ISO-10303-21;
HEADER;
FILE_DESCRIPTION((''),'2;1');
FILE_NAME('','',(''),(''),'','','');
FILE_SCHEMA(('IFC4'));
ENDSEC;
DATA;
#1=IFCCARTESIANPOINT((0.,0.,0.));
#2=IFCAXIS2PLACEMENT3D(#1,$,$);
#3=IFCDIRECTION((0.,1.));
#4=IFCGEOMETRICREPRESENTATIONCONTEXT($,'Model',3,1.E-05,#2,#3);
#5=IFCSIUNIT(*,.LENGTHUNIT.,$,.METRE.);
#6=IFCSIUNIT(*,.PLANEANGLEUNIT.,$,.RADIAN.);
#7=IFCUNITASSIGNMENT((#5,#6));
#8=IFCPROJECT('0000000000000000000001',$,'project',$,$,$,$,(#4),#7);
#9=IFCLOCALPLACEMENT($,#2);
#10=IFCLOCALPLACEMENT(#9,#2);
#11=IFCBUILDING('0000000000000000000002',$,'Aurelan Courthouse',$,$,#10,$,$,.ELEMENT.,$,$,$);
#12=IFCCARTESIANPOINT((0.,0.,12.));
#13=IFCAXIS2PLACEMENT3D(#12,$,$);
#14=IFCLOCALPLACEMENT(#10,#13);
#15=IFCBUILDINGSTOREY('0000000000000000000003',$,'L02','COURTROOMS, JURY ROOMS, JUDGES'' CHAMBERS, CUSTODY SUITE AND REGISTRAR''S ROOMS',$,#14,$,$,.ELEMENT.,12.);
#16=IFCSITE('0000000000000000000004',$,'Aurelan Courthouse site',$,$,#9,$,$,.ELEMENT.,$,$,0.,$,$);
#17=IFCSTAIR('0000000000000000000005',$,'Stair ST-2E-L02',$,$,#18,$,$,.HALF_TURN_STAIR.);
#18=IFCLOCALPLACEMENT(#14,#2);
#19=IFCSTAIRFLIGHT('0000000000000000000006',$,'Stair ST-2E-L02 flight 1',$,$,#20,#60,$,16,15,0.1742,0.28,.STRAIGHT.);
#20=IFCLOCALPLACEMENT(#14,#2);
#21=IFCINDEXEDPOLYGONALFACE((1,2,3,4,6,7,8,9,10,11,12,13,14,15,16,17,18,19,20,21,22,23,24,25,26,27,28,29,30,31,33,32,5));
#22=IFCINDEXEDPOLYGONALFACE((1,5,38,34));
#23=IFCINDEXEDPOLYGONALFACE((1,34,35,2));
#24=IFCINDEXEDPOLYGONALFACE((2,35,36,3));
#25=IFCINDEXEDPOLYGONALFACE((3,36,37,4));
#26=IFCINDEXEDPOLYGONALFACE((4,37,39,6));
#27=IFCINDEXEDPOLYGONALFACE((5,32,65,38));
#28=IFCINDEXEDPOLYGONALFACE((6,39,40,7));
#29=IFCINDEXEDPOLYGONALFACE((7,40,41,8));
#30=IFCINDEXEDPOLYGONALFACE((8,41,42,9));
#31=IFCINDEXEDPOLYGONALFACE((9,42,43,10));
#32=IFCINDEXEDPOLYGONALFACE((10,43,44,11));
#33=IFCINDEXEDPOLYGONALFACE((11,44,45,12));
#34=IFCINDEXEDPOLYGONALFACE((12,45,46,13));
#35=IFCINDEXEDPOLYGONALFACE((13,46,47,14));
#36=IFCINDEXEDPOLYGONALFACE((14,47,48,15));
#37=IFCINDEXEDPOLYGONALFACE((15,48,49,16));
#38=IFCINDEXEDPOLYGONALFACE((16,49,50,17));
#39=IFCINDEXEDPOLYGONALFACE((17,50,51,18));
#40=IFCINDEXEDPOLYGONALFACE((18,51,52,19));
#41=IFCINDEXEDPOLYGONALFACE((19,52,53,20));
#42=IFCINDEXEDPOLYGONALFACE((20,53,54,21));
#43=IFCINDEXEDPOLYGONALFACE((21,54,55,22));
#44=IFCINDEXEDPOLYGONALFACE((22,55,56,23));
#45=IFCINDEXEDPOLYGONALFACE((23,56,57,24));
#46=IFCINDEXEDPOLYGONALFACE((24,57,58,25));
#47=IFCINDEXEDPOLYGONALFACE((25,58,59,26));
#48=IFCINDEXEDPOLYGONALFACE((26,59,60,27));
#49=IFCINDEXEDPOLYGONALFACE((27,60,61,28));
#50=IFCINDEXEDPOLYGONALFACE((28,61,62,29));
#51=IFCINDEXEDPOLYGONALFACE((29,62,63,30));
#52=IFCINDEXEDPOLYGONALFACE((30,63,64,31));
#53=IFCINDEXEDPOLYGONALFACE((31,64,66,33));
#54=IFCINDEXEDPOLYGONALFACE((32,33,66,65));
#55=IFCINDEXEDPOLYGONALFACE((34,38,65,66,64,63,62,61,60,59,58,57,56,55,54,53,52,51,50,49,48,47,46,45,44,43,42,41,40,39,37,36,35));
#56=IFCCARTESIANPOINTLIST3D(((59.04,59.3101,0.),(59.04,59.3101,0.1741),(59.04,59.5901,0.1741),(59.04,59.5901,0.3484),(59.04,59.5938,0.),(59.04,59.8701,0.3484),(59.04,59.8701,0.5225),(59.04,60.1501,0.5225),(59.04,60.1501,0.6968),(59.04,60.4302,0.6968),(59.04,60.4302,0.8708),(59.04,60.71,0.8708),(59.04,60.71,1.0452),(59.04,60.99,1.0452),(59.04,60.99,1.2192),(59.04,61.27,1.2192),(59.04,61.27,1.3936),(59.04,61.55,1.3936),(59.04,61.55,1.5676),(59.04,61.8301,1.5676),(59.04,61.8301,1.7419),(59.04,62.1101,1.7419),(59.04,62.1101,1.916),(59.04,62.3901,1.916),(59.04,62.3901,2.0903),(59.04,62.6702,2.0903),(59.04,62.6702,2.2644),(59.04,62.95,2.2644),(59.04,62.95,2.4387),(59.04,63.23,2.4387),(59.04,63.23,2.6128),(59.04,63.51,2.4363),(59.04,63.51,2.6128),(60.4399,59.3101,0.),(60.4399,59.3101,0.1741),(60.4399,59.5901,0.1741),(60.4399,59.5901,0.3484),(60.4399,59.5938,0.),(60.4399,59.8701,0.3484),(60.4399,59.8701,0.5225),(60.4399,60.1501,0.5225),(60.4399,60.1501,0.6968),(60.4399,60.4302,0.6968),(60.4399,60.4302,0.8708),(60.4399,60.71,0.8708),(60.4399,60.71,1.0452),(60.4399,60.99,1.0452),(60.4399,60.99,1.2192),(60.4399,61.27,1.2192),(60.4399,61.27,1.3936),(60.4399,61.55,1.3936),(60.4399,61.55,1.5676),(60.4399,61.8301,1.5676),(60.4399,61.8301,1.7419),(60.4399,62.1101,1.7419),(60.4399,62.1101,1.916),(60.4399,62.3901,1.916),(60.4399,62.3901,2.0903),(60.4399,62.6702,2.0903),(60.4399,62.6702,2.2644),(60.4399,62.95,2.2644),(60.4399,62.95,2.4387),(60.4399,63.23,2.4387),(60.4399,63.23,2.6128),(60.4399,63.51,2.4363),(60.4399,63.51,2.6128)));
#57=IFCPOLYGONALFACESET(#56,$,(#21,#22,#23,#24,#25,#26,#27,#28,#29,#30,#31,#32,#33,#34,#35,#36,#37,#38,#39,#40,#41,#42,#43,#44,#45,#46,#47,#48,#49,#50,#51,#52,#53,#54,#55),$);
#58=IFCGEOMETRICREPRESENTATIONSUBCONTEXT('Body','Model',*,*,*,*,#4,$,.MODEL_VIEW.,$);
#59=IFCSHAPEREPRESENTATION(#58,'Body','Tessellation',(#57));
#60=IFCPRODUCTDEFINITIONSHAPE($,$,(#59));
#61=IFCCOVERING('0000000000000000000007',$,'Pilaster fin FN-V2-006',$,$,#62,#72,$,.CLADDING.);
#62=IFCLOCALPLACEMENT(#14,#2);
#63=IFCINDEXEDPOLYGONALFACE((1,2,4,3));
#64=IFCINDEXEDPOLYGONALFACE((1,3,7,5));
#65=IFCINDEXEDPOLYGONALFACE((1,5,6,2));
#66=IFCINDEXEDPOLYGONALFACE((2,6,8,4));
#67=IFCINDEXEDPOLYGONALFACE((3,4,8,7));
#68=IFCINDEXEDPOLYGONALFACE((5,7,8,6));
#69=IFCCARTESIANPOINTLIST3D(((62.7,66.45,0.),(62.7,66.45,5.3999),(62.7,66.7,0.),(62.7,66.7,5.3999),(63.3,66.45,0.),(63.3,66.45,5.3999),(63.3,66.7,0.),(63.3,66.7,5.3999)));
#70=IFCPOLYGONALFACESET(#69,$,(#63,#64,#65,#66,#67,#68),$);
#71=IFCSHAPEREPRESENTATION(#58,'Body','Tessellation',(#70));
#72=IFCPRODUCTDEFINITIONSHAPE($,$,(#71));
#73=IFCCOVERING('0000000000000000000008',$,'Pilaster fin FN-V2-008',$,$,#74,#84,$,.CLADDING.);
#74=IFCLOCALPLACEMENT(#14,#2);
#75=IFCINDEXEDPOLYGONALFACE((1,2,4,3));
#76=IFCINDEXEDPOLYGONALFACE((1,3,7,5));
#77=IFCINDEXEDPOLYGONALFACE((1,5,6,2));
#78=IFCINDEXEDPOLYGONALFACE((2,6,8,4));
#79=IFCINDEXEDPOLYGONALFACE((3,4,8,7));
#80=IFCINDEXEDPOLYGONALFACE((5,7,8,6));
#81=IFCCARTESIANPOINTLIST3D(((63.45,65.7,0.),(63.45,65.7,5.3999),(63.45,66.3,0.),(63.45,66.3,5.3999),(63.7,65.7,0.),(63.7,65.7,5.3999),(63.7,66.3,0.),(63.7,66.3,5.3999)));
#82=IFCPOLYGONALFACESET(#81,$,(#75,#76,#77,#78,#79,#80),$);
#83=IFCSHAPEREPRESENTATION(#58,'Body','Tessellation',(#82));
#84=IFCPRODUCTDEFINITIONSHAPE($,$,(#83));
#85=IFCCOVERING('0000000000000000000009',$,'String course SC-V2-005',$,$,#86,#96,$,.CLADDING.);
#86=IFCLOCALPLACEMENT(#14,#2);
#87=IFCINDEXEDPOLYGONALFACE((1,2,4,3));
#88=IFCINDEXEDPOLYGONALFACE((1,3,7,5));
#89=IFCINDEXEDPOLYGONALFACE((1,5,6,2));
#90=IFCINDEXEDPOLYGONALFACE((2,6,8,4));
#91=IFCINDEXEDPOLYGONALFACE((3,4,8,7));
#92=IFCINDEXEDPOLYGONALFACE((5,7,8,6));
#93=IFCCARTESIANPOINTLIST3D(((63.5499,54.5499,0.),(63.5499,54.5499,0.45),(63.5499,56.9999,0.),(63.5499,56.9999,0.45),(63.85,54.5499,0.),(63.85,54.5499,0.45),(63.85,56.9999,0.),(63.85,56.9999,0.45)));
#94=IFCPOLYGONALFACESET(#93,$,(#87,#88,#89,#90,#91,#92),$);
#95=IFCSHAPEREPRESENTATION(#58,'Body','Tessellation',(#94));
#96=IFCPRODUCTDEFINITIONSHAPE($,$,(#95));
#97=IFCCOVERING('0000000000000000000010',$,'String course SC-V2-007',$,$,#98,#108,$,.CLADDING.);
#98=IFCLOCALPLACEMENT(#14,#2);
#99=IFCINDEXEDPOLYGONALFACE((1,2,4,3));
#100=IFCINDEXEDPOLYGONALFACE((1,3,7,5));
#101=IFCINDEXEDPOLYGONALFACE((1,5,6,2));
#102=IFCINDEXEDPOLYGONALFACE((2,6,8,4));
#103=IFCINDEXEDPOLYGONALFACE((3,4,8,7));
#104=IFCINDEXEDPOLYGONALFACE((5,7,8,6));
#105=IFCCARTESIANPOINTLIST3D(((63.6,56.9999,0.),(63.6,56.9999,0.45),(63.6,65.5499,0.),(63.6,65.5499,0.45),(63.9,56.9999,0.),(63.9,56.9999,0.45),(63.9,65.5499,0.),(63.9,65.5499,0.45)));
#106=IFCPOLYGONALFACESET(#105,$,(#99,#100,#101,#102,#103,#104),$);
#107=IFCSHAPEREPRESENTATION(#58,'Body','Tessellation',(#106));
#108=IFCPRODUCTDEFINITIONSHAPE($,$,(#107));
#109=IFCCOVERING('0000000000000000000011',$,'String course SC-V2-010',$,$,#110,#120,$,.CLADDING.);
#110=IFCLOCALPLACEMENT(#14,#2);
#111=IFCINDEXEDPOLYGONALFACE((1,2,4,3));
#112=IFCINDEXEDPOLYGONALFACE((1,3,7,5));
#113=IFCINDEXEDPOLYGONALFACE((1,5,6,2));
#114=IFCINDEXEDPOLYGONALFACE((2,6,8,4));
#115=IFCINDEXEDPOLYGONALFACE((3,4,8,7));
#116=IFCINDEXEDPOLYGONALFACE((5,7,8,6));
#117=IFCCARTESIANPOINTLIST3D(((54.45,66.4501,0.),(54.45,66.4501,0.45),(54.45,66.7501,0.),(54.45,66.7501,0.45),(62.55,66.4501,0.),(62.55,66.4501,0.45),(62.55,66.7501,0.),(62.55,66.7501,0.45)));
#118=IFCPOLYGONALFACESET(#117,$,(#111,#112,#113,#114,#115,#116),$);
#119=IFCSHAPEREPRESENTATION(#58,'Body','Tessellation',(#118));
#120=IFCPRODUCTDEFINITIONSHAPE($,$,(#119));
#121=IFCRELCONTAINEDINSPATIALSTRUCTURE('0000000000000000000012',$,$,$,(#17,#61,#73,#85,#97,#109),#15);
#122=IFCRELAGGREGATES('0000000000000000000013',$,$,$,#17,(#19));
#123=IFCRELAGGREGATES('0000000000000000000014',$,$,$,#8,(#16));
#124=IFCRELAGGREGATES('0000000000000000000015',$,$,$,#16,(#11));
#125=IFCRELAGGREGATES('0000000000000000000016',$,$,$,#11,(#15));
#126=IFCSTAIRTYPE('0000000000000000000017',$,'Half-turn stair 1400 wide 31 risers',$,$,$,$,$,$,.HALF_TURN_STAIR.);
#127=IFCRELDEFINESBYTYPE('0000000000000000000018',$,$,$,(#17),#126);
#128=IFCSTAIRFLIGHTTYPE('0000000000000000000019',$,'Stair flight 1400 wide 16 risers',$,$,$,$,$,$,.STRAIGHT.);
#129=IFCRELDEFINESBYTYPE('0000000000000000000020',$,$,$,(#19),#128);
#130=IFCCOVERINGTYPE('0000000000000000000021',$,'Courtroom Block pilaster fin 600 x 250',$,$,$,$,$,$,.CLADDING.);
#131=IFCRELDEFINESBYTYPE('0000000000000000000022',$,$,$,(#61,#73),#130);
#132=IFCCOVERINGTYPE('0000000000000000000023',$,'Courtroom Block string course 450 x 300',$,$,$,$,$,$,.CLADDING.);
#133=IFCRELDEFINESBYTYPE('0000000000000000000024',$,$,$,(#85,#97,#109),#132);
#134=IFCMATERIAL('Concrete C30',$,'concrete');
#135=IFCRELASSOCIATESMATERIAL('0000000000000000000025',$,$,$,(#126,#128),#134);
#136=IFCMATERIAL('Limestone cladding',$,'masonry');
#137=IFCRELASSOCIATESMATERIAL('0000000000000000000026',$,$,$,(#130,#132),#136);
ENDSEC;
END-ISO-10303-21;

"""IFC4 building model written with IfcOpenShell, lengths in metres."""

from ifc_helpers import new_model, si_unit, direction, frame, origin, origin_2d, place, context, subcontext, project, spatial, polyline, rectangle, outline, extrude, material, type_object, element, aggregate, save


model = new_model("IFC4")

# Units and contexts
model_context = context("Model", 3, precision=1e-05, world=origin(), true_north=direction((0.0, 1.0)))
body_context = subcontext(model_context, "Body", "Model", "MODEL_VIEW")
ifc_project = project(units=[si_unit("LENGTHUNIT", "METRE"), si_unit("PLANEANGLEUNIT", "RADIAN")], contexts=[model_context])

# Site, building, storey
site_placement = place(None, origin())
site = spatial("IfcSite", under=ifc_project, at=site_placement, Name="Aurelan Courthouse site", CompositionType="ELEMENT", RefElevation=0.0)
building_placement = place(site_placement, origin())
building = spatial("IfcBuilding", under=site, at=building_placement, Name="Aurelan Courthouse", CompositionType="ELEMENT")
storey_placement = place(building_placement, frame((0.0, 0.0, 12.0)))
storey = spatial("IfcBuildingStorey", under=building, at=storey_placement, Name="L02", Description="COURTROOMS, JURY ROOMS, JUDGES' CHAMBERS, CUSTODY SUITE AND REGISTRAR'S ROOMS", CompositionType="ELEMENT", Elevation=12.0)

# Shared definitions
ifc_material_1 = material(Name="Limestone cladding", Category="masonry")
ifc_material_2 = material(Name="Concrete C30", Category="concrete")

# Stair, stair flight
stair_type = type_object("IfcStairType", Name="Half-turn stair 1400 wide 31 risers", PredefinedType="HALF_TURN_STAIR", material=ifc_material_2)
stair_placement = place(storey_placement, origin())
stair = element("IfcStair", 1, at=stair_placement, inside=storey, type_object=stair_type, Name="Stair ST-2E-L02", PredefinedType="HALF_TURN_STAIR")
stair_flight_type = type_object("IfcStairFlightType", Name="Stair flight 1400 wide 16 risers", PredefinedType="STRAIGHT", material=ifc_material_2)
stair_flight_placement = place(storey_placement, frame((59.74, 59.3101, 0.0), z_axis=(0.0, 0.0, 1.0), x_axis=(0.0, 1.0, 0.0)))
stair_flight = element("IfcStairFlight", 2, at=stair_flight_placement, type_object=stair_flight_type, Name="Stair ST-2E-L02 flight 1", NumberOfRisers=16, NumberOfTreads=15, PredefinedType="STRAIGHT", RiserHeight=0.1742, TreadLength=0.28, context=body_context, shape_type="SweptSolid", body=[
    extrude(outline(polyline([(0.0, 0.0), (0.0, 0.1741), (0.28, 0.1741), (0.28, 0.3484), (0.5601, 0.3484), (0.5601, 0.5225), (0.8401, 0.5225), (0.8401, 0.6968), (1.1201, 0.6968), (1.1201, 0.8708), (1.3999, 0.8708), (1.3999, 1.0452), (1.6799, 1.0452), (1.6799, 1.2192), (1.96, 1.2192), (1.96, 1.3936), (2.24, 1.3936), (2.24, 1.5676), (2.52, 1.5676), (2.52, 1.7419), (2.8, 1.7419), (2.8, 1.916), (3.0801, 1.916), (3.0801, 2.0903), (3.3601, 2.0903), (3.3601, 2.2644), (3.6399, 2.2644), (3.6399, 2.4387), (3.9199, 2.4387), (3.9199, 2.6128), (4.2, 2.6128), (4.2, 2.7871), (4.2, 2.4363), (0.2837, 0.0), (0.0, 0.0)])), frame((0.0, 0.7, 0.0), z_axis=(0.0, -1.0, 0.0), x_axis=(1.0, 0.0, 0.0)), (0.0, 0.0, 1.0), 1.3999),
])
aggregate(stair, [stair_flight])

# Coverings
covering_type_1 = type_object("IfcCoveringType", Name="Courtroom Block pilaster fin 600 x 250", PredefinedType="CLADDING", material=ifc_material_1)
covering_1_placement = place(storey_placement, frame((63.0, 66.575, 0.0), z_axis=(0.0, 0.0, 1.0), x_axis=(1.0, 0.0, 0.0)))
element("IfcCovering", 3, at=covering_1_placement, inside=storey, type_object=covering_type_1, Name="Pilaster fin FN-V2-006", PredefinedType="CLADDING", context=body_context, shape_type="SweptSolid", body=[
    extrude(rectangle(XDim=0.6001, YDim=0.25, at=origin_2d()), origin(), (0.0, 0.0, 1.0), 5.3999),
])
covering_2_placement = place(storey_placement, frame((63.575, 66.0, 0.0), z_axis=(0.0, 0.0, 1.0), x_axis=(1.0, 0.0, 0.0)))
element("IfcCovering", 4, at=covering_2_placement, inside=storey, type_object=covering_type_1, Name="Pilaster fin FN-V2-008", PredefinedType="CLADDING", context=body_context, shape_type="SweptSolid", body=[
    extrude(rectangle(XDim=0.25, YDim=0.6001, at=origin_2d()), origin(), (0.0, 0.0, 1.0), 5.3999),
])
covering_type_2 = type_object("IfcCoveringType", Name="Courtroom Block string course 450 x 300", PredefinedType="CLADDING", material=ifc_material_1)
covering_3_placement = place(storey_placement, frame((63.7, 55.7749, 0.0), z_axis=(0.0, 0.0, 1.0), x_axis=(1.0, 0.0, 0.0)))
element("IfcCovering", 5, at=covering_3_placement, inside=storey, type_object=covering_type_2, Name="String course SC-V2-005", PredefinedType="CLADDING", context=body_context, shape_type="SweptSolid", body=[
    extrude(rectangle(XDim=0.3, YDim=2.45, at=origin_2d()), origin(), (0.0, 0.0, 1.0), 0.45),
])
covering_4_placement = place(storey_placement, frame((63.75, 61.2749, 0.0), z_axis=(0.0, 0.0, 1.0), x_axis=(1.0, 0.0, 0.0)))
element("IfcCovering", 6, at=covering_4_placement, inside=storey, type_object=covering_type_2, Name="String course SC-V2-007", PredefinedType="CLADDING", context=body_context, shape_type="SweptSolid", body=[
    extrude(rectangle(XDim=0.3, YDim=8.55, at=origin_2d()), origin(), (0.0, 0.0, 1.0), 0.45),
])
covering_5_placement = place(storey_placement, frame((58.5, 66.6001, 0.0), z_axis=(0.0, 0.0, 1.0), x_axis=(1.0, 0.0, 0.0)))
element("IfcCovering", 7, at=covering_5_placement, inside=storey, type_object=covering_type_2, Name="String course SC-V2-010", PredefinedType="CLADDING", context=body_context, shape_type="SweptSolid", body=[
    extrude(rectangle(XDim=8.1001, YDim=0.3, at=origin_2d()), origin(), (0.0, 0.0, 1.0), 0.45),
])

save(model, "model.ifc")
